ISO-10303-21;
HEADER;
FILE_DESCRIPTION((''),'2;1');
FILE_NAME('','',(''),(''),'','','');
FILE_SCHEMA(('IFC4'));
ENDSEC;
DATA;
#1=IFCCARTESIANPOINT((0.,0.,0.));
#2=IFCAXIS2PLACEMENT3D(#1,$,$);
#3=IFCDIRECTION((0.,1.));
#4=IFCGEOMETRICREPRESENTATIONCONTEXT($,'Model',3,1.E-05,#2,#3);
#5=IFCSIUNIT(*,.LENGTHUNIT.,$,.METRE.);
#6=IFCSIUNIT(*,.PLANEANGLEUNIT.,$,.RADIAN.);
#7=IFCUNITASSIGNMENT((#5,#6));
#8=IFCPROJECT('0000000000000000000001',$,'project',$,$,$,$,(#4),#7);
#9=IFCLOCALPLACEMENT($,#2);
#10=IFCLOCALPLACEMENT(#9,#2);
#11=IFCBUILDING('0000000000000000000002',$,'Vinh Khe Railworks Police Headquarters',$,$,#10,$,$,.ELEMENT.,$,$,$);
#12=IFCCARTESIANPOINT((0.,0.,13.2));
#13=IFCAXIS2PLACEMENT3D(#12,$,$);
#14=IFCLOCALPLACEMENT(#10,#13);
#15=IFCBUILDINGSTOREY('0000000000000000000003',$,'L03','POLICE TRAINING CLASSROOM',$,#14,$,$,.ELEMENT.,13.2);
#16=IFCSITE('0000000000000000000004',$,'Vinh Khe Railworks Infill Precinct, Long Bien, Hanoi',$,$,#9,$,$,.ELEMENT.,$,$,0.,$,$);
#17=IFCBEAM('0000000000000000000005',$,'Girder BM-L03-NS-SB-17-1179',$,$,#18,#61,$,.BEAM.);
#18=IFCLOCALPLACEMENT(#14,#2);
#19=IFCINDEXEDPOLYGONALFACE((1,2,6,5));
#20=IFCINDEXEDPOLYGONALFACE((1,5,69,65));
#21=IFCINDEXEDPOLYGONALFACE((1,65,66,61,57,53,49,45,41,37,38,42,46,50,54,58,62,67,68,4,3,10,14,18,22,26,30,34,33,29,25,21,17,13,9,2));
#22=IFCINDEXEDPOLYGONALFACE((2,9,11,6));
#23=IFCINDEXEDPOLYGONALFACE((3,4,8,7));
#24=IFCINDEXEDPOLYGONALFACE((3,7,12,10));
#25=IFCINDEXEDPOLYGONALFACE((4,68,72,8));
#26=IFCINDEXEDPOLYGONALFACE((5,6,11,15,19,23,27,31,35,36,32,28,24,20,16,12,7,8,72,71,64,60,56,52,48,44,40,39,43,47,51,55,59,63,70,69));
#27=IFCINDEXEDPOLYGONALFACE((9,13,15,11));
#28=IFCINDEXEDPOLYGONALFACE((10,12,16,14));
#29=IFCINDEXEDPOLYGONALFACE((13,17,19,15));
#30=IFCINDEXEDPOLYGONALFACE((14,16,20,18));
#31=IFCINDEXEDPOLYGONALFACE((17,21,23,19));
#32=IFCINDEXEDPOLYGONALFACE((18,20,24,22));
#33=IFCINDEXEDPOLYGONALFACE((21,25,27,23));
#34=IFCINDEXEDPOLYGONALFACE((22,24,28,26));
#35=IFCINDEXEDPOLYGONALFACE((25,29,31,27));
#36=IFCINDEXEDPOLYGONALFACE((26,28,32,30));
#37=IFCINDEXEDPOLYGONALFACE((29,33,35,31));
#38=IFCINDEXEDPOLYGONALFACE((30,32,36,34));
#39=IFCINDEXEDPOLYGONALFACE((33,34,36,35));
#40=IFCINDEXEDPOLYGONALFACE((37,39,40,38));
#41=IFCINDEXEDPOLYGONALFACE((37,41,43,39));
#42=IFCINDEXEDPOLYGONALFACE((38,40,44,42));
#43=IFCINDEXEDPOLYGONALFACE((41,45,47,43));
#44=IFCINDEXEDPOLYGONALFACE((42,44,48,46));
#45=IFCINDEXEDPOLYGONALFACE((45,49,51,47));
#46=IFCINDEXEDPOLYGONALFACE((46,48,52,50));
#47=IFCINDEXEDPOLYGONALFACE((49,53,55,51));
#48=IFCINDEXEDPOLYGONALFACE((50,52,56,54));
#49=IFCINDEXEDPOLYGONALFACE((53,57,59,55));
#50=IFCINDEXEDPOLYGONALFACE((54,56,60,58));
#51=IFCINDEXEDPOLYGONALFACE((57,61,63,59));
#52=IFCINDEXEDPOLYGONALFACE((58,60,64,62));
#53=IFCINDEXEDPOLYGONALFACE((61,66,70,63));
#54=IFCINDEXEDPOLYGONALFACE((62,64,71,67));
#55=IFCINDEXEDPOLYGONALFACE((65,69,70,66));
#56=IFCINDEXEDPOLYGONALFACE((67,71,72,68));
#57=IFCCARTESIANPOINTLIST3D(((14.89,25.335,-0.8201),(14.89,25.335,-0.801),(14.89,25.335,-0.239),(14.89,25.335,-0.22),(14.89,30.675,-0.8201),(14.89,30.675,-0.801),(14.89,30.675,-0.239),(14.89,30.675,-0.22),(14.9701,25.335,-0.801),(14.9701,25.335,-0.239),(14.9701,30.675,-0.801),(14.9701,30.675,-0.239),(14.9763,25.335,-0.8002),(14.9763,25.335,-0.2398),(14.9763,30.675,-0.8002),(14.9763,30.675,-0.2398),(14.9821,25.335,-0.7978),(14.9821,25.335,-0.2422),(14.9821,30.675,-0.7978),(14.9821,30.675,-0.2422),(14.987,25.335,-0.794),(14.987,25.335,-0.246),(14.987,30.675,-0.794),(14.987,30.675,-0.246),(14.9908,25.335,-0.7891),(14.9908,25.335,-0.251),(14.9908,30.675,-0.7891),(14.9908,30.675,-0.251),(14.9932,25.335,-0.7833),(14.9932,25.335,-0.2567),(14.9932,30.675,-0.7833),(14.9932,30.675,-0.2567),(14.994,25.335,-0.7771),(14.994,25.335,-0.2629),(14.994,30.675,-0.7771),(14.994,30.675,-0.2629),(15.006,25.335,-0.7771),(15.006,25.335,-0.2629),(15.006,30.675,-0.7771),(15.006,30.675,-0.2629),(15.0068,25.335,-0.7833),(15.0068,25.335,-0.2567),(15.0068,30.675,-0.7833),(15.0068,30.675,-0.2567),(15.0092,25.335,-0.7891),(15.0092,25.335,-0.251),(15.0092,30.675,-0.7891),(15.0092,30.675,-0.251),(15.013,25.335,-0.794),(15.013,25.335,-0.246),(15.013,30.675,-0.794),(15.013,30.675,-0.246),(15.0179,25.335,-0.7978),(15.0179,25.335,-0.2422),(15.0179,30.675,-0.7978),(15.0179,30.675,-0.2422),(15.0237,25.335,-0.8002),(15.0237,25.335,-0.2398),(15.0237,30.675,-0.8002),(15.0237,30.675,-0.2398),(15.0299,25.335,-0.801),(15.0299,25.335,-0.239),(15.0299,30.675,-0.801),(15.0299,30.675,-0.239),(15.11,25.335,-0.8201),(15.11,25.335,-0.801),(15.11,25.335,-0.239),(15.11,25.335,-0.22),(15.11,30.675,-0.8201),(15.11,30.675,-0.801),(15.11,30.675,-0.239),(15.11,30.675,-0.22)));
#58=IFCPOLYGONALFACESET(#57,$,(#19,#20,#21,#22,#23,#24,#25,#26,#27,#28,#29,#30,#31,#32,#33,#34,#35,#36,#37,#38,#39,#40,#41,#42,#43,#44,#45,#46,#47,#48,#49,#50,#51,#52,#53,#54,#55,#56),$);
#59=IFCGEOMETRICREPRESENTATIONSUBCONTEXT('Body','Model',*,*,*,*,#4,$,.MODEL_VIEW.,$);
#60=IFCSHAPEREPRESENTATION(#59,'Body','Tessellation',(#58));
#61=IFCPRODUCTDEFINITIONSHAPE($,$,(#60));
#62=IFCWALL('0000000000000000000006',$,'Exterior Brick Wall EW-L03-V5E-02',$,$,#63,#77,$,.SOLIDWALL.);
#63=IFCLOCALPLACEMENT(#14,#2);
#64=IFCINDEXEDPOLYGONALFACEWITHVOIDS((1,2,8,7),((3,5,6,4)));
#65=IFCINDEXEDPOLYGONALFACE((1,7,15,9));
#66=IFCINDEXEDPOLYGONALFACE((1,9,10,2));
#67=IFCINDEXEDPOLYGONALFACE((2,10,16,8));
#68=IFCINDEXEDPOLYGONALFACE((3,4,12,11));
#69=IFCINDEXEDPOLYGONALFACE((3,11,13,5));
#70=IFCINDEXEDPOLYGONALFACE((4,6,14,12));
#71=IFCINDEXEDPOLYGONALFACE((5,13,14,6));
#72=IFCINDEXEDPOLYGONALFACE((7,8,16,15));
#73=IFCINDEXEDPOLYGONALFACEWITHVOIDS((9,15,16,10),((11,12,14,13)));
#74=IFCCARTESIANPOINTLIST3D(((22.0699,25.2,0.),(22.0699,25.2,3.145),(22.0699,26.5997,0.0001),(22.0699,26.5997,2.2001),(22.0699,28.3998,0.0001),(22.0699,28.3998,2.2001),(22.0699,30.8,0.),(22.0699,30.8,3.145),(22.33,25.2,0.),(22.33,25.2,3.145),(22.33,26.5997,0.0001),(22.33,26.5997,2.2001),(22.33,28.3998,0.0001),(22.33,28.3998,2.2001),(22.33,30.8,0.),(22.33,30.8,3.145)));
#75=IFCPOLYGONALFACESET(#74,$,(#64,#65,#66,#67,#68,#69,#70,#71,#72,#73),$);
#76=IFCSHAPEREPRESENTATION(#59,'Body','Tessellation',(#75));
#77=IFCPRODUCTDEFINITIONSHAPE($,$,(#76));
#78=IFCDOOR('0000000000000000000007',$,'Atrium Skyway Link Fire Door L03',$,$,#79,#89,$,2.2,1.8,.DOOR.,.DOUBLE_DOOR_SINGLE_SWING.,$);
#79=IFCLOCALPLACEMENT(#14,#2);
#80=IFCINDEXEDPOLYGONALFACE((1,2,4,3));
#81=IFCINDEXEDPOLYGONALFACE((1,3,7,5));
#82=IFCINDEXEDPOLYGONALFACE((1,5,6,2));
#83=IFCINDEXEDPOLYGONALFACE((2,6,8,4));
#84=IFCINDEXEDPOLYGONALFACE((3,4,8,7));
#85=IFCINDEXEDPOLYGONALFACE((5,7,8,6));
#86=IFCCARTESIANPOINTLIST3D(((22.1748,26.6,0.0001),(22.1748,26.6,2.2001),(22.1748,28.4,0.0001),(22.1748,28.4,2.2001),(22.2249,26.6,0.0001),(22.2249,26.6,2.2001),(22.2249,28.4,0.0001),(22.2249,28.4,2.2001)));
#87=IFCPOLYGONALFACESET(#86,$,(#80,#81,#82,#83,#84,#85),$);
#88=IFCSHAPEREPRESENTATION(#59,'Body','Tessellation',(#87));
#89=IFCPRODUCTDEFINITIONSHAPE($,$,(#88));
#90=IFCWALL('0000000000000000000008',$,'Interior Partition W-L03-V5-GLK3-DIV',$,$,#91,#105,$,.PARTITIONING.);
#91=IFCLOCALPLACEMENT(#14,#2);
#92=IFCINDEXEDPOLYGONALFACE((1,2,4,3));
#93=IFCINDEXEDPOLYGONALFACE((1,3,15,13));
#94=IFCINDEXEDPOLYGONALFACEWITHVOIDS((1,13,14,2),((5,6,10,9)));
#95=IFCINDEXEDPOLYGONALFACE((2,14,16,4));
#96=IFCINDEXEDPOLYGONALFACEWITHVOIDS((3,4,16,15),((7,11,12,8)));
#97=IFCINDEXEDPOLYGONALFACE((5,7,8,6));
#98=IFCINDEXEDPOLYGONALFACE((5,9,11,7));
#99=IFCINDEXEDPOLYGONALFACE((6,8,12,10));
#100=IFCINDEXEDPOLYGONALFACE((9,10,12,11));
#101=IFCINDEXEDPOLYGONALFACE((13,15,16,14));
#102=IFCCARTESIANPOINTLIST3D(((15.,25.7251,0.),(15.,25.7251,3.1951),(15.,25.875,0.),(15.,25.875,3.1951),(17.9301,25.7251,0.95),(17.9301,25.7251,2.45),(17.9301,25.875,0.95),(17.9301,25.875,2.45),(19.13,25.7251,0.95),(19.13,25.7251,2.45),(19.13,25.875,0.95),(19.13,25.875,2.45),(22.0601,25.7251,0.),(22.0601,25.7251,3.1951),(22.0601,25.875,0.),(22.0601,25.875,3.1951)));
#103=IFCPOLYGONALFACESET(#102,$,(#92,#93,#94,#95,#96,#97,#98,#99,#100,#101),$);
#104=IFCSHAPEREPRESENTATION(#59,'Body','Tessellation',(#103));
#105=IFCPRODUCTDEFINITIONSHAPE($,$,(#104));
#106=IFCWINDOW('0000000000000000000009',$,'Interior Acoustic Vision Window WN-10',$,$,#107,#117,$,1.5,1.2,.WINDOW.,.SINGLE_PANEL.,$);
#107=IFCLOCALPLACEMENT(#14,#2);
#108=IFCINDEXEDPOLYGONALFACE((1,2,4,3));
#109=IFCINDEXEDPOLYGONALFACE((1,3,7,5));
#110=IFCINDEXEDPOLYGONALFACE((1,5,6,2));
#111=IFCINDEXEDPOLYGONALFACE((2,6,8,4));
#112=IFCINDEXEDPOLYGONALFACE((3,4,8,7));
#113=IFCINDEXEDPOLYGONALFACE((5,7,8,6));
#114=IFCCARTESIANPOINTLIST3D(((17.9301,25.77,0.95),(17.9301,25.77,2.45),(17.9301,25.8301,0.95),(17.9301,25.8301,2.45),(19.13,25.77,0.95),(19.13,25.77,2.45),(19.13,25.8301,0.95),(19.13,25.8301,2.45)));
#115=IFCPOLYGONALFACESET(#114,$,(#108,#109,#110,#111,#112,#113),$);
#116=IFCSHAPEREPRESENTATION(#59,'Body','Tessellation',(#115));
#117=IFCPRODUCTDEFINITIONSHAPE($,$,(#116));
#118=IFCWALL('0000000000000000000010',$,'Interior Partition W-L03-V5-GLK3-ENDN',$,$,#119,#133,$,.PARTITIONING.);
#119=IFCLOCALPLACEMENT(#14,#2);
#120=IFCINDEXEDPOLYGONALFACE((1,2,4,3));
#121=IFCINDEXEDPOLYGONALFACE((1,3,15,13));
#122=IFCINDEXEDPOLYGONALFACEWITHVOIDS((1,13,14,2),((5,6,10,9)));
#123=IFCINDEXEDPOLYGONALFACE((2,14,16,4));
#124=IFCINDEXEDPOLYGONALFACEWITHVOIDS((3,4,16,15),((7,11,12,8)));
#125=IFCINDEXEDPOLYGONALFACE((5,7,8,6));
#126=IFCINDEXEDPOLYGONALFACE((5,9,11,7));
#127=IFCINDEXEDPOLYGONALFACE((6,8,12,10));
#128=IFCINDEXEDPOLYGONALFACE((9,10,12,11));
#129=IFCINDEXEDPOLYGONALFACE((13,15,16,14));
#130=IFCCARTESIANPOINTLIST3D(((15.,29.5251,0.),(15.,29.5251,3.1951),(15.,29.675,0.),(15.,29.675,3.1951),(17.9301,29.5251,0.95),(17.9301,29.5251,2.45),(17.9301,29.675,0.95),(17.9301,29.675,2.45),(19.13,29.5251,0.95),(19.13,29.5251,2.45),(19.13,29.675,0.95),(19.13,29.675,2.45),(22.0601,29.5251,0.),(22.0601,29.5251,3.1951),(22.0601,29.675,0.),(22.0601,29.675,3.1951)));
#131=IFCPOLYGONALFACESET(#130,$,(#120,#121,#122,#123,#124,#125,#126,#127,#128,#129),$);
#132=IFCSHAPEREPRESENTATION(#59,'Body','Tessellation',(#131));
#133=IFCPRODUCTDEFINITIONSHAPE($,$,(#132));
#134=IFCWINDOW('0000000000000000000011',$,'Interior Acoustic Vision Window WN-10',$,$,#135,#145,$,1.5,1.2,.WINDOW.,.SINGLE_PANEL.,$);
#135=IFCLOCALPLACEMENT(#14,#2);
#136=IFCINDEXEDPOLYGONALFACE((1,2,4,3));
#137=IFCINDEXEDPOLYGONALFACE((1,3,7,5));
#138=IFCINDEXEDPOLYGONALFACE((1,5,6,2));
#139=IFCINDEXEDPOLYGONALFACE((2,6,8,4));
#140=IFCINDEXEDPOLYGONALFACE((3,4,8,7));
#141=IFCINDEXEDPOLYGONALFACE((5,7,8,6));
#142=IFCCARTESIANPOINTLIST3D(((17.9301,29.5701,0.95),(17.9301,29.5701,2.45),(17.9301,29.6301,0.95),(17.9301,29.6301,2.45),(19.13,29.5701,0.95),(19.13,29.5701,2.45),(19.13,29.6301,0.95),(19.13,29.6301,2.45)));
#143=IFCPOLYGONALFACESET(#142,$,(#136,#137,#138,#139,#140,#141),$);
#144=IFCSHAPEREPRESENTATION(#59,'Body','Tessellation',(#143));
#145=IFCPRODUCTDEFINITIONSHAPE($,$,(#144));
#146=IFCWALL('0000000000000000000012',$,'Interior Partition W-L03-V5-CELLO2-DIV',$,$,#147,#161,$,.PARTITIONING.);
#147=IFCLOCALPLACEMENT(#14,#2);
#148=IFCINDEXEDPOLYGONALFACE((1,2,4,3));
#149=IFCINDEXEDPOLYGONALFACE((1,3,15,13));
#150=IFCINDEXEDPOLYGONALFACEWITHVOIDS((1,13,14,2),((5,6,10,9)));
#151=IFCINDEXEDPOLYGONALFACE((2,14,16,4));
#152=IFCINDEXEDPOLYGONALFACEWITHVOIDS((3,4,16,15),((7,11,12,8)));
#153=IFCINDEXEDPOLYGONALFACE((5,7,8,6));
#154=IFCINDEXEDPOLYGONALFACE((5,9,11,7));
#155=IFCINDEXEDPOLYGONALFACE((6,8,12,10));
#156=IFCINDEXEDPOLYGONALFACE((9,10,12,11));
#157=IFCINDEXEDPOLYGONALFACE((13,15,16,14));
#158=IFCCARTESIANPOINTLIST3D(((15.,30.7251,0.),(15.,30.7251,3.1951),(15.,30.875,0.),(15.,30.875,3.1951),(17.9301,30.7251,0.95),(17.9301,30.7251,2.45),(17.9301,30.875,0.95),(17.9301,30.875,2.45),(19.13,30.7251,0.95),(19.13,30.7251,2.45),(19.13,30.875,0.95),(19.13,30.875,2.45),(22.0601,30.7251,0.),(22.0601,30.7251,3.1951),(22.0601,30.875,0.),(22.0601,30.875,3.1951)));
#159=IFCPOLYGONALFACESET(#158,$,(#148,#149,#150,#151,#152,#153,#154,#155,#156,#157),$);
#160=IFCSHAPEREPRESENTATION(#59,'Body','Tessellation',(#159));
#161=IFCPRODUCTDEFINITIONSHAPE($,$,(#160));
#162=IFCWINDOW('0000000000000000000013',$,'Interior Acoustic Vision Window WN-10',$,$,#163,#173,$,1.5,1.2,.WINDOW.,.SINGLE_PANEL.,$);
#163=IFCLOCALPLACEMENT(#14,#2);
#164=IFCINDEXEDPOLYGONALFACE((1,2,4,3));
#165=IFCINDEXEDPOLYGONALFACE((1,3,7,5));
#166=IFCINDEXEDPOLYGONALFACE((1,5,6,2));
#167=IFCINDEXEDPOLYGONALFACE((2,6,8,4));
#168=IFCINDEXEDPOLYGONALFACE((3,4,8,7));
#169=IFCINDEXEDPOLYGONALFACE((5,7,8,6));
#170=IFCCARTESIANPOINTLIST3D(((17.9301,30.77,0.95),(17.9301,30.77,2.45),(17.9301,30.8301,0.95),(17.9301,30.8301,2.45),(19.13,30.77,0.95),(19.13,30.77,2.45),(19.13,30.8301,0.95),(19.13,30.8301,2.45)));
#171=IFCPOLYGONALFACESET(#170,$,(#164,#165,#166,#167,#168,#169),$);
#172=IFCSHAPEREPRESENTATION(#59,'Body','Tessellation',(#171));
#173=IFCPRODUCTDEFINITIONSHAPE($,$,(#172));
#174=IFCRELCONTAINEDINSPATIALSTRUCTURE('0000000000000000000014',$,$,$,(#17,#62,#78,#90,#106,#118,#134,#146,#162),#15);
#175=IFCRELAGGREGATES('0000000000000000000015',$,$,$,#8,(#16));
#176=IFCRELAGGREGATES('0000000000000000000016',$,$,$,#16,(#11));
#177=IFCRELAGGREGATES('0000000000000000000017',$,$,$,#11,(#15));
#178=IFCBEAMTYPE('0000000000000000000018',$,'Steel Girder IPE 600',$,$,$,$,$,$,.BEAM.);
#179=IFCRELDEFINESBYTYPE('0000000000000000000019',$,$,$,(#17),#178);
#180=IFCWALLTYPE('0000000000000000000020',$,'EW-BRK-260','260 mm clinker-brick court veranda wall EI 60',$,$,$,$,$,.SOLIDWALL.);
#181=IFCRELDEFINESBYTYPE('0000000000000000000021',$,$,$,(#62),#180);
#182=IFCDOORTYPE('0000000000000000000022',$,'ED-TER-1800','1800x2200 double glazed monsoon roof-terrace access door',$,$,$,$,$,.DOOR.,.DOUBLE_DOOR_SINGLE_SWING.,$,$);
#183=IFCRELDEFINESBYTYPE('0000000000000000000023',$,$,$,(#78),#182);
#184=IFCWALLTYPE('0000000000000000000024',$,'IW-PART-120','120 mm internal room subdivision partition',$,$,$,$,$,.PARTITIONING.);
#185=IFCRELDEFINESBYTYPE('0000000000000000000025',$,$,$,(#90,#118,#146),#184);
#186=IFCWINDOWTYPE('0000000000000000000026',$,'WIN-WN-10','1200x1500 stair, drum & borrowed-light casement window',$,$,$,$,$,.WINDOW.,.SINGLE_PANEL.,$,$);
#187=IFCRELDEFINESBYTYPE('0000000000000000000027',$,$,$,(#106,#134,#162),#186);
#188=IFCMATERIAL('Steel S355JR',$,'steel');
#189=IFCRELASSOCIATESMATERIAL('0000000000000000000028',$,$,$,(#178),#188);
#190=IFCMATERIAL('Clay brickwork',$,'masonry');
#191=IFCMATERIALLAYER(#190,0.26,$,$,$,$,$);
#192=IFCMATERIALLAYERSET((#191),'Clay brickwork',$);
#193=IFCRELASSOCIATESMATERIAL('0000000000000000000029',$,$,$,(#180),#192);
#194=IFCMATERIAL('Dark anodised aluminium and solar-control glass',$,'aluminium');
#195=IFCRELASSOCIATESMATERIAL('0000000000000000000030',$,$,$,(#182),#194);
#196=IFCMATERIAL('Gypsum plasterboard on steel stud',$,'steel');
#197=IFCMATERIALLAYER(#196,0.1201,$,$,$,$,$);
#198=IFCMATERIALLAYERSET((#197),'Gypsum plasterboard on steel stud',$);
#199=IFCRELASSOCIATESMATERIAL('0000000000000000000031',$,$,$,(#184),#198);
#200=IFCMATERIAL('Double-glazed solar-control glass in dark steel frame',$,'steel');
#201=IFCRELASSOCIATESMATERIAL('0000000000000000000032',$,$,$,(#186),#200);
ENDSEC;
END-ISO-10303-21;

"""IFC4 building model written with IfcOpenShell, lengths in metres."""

from ifc_helpers import new_model, si_unit, direction, frame, frame_2d, origin, origin_2d, place, context, subcontext, project, spatial, rectangle, i_section, extrude, material, layer, layer_set, material_profile, profile_set, type_object, element, fill, save


model = new_model("IFC4")

# Units and contexts
model_context = context("Model", 3, precision=1e-05, world=origin(), true_north=direction((0.0, 1.0)))
body_context = subcontext(model_context, "Body", "Model", "MODEL_VIEW")
ifc_project = project(units=[si_unit("LENGTHUNIT", "METRE"), si_unit("PLANEANGLEUNIT", "RADIAN")], contexts=[model_context])

# Site, building, storey
site_placement = place(None, origin())
site = spatial("IfcSite", under=ifc_project, at=site_placement, Name="Vinh Khe Railworks Infill Precinct, Long Bien, Hanoi", CompositionType="ELEMENT", RefElevation=0.0)
building_placement = place(site_placement, origin())
building = spatial("IfcBuilding", under=site, at=building_placement, Name="Vinh Khe Railworks Police Headquarters", CompositionType="ELEMENT")
storey_placement = place(building_placement, frame((0.0, 0.0, 13.2)))
storey = spatial("IfcBuildingStorey", under=building, at=storey_placement, Name="L03", Description="POLICE TRAINING CLASSROOM", CompositionType="ELEMENT", Elevation=13.2)

# Shared definitions
ifc_material_1 = material(Name="Steel S355JR", Category="steel")

# Beam
ifc_material_profile_1 = material_profile(ifc_material_1, i_section(OverallWidth=0.22, OverallDepth=0.6001, WebThickness=0.012, FlangeThickness=0.019, FilletRadius=0.0239, at=origin_2d()), Name="IPE 600")
ifc_profile_set_1 = profile_set([ifc_material_profile_1], Name="Steel S355JR")
beam_type_1 = type_object("IfcBeamType", Name="Steel Girder IPE 600", PredefinedType="BEAM", material=ifc_profile_set_1)
beam_1_placement = place(storey_placement, frame((15.0, 25.335, -0.52), z_axis=(0.0, 1.0, 0.0), x_axis=(-1.0, 0.0, 0.0)))
element("IfcBeam", 1, at=beam_1_placement, inside=storey, type_object=beam_type_1, Name="Girder BM-L03-NS-SB-17-1179", PredefinedType="BEAM", context=body_context, shape_type="SweptSolid", body=[
    extrude(i_section(OverallWidth=0.22, OverallDepth=0.6001, WebThickness=0.012, FlangeThickness=0.019, FilletRadius=0.0239, at=origin_2d()), origin(), (0.0, 0.0, 1.0), 5.3401),
])

# Wall, opening, door
ifc_material_2 = material(Name="Clay brickwork", Category="masonry")
ifc_layer_1 = layer(ifc_material_2, 0.26)
ifc_layer_set_1 = layer_set([ifc_layer_1], Name="Clay brickwork")
wall_type_1 = type_object("IfcWallType", Name="EW-BRK-260", Description="260 mm clinker-brick court veranda wall EI 60", PredefinedType="SOLIDWALL", material=ifc_layer_set_1)
wall_1_placement = place(storey_placement, frame((22.2, 25.2, 0.0), z_axis=(0.0, 0.0, 1.0), x_axis=(0.0, 1.0, 0.0)))
wall_1 = element("IfcWall", 2, at=wall_1_placement, inside=storey, type_object=wall_type_1, Name="Exterior Brick Wall EW-L03-V5E-02", PredefinedType="SOLIDWALL", context=body_context, shape_type="SweptSolid", body=[
    extrude(rectangle(XDim=5.6001, YDim=0.26, at=frame_2d((2.8, 0.0))), origin(), (0.0, 0.0, 1.0), 3.145),
])
opening_1_placement = place(wall_1_placement, frame((1.3999, 0.0, 0.0)))
opening_1 = element("IfcOpeningElement", 3, at=opening_1_placement, cuts=wall_1, PredefinedType="OPENING", context=body_context, shape_type="SweptSolid", body=[
    extrude(rectangle(XDim=1.8, YDim=2.2, at=frame_2d((0.8999, 1.1001))), frame((0.0, 0.145, 0.0), z_axis=(0.0, -1.0, 0.0), x_axis=(1.0, 0.0, 0.0)), (0.0, 0.0, 1.0), 0.2898),
])
ifc_material_3 = material(Name="Dark anodised aluminium and solar-control glass", Category="aluminium")
door_type_1 = type_object("IfcDoorType", Name="ED-TER-1800", Description="1800x2200 double glazed monsoon roof-terrace access door", OperationType="DOUBLE_DOOR_SINGLE_SWING", PredefinedType="DOOR", material=ifc_material_3)
door_1_placement = place(opening_1_placement, frame((1.8, 0.0, 0.0), z_axis=(0.0, 0.0, 1.0), x_axis=(-1.0, 0.0, 0.0)))
door_1 = element("IfcDoor", 4, at=door_1_placement, inside=storey, type_object=door_type_1, Name="Atrium Skyway Link Fire Door L03", OperationType="DOUBLE_DOOR_SINGLE_SWING", OverallHeight=2.2, OverallWidth=1.8, PredefinedType="DOOR", context=body_context, shape_type="SweptSolid", body=[
    extrude(rectangle(XDim=1.8, YDim=2.2, at=frame_2d((0.8999, 1.1001))), frame((0.0, 0.0249, 0.0), z_axis=(0.0, -1.0, 0.0), x_axis=(1.0, 0.0, 0.0)), (0.0, 0.0, 1.0), 0.05),
])
fill(opening_1, door_1)

# Walls, openings, windows
ifc_material_4 = material(Name="Gypsum plasterboard on steel stud", Category="steel")
ifc_layer_2 = layer(ifc_material_4, 0.1201)
ifc_layer_set_2 = layer_set([ifc_layer_2], Name="Gypsum plasterboard on steel stud")
wall_type_2 = type_object("IfcWallType", Name="IW-PART-120", Description="120 mm internal room subdivision partition", PredefinedType="PARTITIONING", material=ifc_layer_set_2)
wall_2_placement = place(storey_placement, frame((15.0, 25.8, 0.0), z_axis=(0.0, 0.0, 1.0), x_axis=(1.0, 0.0, 0.0)))
wall_2 = element("IfcWall", 5, at=wall_2_placement, inside=storey, type_object=wall_type_2, Name="Interior Partition W-L03-V5-GLK3-DIV", PredefinedType="PARTITIONING", context=body_context, shape_type="SweptSolid", body=[
    extrude(rectangle(XDim=7.0601, YDim=0.1499, at=frame_2d((3.53, 0.0))), origin(), (0.0, 0.0, 1.0), 3.1951),
])
opening_2_placement = place(wall_2_placement, frame((2.9299, 0.0, 0.95)))
opening_2 = element("IfcOpeningElement", 6, at=opening_2_placement, cuts=wall_2, PredefinedType="OPENING", context=body_context, shape_type="SweptSolid", body=[
    extrude(rectangle(XDim=1.2, YDim=1.5, at=frame_2d((0.6001, 0.75))), frame((0.0, 0.0898, 0.0), z_axis=(0.0, -1.0, 0.0), x_axis=(1.0, 0.0, 0.0)), (0.0, 0.0, 1.0), 0.1797),
])
ifc_material_5 = material(Name="Double-glazed solar-control glass in dark steel frame", Category="steel")
window_type = type_object("IfcWindowType", Name="WIN-WN-10", Description="1200x1500 stair, drum & borrowed-light casement window", PartitioningType="SINGLE_PANEL", PredefinedType="WINDOW", material=ifc_material_5)
window_1_placement = place(opening_2_placement, origin())
window_1 = element("IfcWindow", 7, at=window_1_placement, inside=storey, type_object=window_type, Name="Interior Acoustic Vision Window WN-10", OverallHeight=1.5, OverallWidth=1.2, PartitioningType="SINGLE_PANEL", PredefinedType="WINDOW", context=body_context, shape_type="SweptSolid", body=[
    extrude(rectangle(XDim=1.2, YDim=1.5, at=frame_2d((0.6001, 0.75))), frame((0.0, 0.03, 0.0), z_axis=(0.0, -1.0, 0.0), x_axis=(1.0, 0.0, 0.0)), (0.0, 0.0, 1.0), 0.0601),
])
fill(opening_2, window_1)
wall_3_placement = place(storey_placement, frame((15.0, 29.6001, 0.0), z_axis=(0.0, 0.0, 1.0), x_axis=(1.0, 0.0, 0.0)))
wall_3 = element("IfcWall", 8, at=wall_3_placement, inside=storey, type_object=wall_type_2, Name="Interior Partition W-L03-V5-GLK3-ENDN", PredefinedType="PARTITIONING", context=body_context, shape_type="SweptSolid", body=[
    extrude(rectangle(XDim=7.0601, YDim=0.1499, at=frame_2d((3.53, 0.0))), origin(), (0.0, 0.0, 1.0), 3.1951),
])
opening_3_placement = place(wall_3_placement, frame((2.9299, 0.0, 0.95)))
opening_3 = element("IfcOpeningElement", 9, at=opening_3_placement, cuts=wall_3, PredefinedType="OPENING", context=body_context, shape_type="SweptSolid", body=[
    extrude(rectangle(XDim=1.2, YDim=1.5, at=frame_2d((0.6001, 0.75))), frame((0.0, 0.0898, 0.0), z_axis=(0.0, -1.0, 0.0), x_axis=(1.0, 0.0, 0.0)), (0.0, 0.0, 1.0), 0.1797),
])
window_2_placement = place(opening_3_placement, origin())
window_2 = element("IfcWindow", 10, at=window_2_placement, inside=storey, type_object=window_type, Name="Interior Acoustic Vision Window WN-10", OverallHeight=1.5, OverallWidth=1.2, PartitioningType="SINGLE_PANEL", PredefinedType="WINDOW", context=body_context, shape_type="SweptSolid", body=[
    extrude(rectangle(XDim=1.2, YDim=1.5, at=frame_2d((0.6001, 0.75))), frame((0.0, 0.03, 0.0), z_axis=(0.0, -1.0, 0.0), x_axis=(1.0, 0.0, 0.0)), (0.0, 0.0, 1.0), 0.0601),
])
fill(opening_3, window_2)
wall_4_placement = place(storey_placement, frame((15.0, 30.8, 0.0), z_axis=(0.0, 0.0, 1.0), x_axis=(1.0, 0.0, 0.0)))
wall_4 = element("IfcWall", 11, at=wall_4_placement, inside=storey, type_object=wall_type_2, Name="Interior Partition W-L03-V5-CELLO2-DIV", PredefinedType="PARTITIONING", context=body_context, shape_type="SweptSolid", body=[
    extrude(rectangle(XDim=7.0601, YDim=0.1499, at=frame_2d((3.53, 0.0))), origin(), (0.0, 0.0, 1.0), 3.1951),
])
opening_4_placement = place(wall_4_placement, frame((2.9299, 0.0, 0.95)))
opening_4 = element("IfcOpeningElement", 12, at=opening_4_placement, cuts=wall_4, PredefinedType="OPENING", context=body_context, shape_type="SweptSolid", body=[
    extrude(rectangle(XDim=1.2, YDim=1.5, at=frame_2d((0.6001, 0.75))), frame((0.0, 0.0898, 0.0), z_axis=(0.0, -1.0, 0.0), x_axis=(1.0, 0.0, 0.0)), (0.0, 0.0, 1.0), 0.1797),
])
window_3_placement = place(opening_4_placement, origin())
window_3 = element("IfcWindow", 13, at=window_3_placement, inside=storey, type_object=window_type, Name="Interior Acoustic Vision Window WN-10", OverallHeight=1.5, OverallWidth=1.2, PartitioningType="SINGLE_PANEL", PredefinedType="WINDOW", context=body_context, shape_type="SweptSolid", body=[
    extrude(rectangle(XDim=1.2, YDim=1.5, at=frame_2d((0.6001, 0.75))), frame((0.0, 0.03, 0.0), z_axis=(0.0, -1.0, 0.0), x_axis=(1.0, 0.0, 0.0)), (0.0, 0.0, 1.0), 0.0601),
])
fill(opening_4, window_3)

save(model, "model.ifc")
